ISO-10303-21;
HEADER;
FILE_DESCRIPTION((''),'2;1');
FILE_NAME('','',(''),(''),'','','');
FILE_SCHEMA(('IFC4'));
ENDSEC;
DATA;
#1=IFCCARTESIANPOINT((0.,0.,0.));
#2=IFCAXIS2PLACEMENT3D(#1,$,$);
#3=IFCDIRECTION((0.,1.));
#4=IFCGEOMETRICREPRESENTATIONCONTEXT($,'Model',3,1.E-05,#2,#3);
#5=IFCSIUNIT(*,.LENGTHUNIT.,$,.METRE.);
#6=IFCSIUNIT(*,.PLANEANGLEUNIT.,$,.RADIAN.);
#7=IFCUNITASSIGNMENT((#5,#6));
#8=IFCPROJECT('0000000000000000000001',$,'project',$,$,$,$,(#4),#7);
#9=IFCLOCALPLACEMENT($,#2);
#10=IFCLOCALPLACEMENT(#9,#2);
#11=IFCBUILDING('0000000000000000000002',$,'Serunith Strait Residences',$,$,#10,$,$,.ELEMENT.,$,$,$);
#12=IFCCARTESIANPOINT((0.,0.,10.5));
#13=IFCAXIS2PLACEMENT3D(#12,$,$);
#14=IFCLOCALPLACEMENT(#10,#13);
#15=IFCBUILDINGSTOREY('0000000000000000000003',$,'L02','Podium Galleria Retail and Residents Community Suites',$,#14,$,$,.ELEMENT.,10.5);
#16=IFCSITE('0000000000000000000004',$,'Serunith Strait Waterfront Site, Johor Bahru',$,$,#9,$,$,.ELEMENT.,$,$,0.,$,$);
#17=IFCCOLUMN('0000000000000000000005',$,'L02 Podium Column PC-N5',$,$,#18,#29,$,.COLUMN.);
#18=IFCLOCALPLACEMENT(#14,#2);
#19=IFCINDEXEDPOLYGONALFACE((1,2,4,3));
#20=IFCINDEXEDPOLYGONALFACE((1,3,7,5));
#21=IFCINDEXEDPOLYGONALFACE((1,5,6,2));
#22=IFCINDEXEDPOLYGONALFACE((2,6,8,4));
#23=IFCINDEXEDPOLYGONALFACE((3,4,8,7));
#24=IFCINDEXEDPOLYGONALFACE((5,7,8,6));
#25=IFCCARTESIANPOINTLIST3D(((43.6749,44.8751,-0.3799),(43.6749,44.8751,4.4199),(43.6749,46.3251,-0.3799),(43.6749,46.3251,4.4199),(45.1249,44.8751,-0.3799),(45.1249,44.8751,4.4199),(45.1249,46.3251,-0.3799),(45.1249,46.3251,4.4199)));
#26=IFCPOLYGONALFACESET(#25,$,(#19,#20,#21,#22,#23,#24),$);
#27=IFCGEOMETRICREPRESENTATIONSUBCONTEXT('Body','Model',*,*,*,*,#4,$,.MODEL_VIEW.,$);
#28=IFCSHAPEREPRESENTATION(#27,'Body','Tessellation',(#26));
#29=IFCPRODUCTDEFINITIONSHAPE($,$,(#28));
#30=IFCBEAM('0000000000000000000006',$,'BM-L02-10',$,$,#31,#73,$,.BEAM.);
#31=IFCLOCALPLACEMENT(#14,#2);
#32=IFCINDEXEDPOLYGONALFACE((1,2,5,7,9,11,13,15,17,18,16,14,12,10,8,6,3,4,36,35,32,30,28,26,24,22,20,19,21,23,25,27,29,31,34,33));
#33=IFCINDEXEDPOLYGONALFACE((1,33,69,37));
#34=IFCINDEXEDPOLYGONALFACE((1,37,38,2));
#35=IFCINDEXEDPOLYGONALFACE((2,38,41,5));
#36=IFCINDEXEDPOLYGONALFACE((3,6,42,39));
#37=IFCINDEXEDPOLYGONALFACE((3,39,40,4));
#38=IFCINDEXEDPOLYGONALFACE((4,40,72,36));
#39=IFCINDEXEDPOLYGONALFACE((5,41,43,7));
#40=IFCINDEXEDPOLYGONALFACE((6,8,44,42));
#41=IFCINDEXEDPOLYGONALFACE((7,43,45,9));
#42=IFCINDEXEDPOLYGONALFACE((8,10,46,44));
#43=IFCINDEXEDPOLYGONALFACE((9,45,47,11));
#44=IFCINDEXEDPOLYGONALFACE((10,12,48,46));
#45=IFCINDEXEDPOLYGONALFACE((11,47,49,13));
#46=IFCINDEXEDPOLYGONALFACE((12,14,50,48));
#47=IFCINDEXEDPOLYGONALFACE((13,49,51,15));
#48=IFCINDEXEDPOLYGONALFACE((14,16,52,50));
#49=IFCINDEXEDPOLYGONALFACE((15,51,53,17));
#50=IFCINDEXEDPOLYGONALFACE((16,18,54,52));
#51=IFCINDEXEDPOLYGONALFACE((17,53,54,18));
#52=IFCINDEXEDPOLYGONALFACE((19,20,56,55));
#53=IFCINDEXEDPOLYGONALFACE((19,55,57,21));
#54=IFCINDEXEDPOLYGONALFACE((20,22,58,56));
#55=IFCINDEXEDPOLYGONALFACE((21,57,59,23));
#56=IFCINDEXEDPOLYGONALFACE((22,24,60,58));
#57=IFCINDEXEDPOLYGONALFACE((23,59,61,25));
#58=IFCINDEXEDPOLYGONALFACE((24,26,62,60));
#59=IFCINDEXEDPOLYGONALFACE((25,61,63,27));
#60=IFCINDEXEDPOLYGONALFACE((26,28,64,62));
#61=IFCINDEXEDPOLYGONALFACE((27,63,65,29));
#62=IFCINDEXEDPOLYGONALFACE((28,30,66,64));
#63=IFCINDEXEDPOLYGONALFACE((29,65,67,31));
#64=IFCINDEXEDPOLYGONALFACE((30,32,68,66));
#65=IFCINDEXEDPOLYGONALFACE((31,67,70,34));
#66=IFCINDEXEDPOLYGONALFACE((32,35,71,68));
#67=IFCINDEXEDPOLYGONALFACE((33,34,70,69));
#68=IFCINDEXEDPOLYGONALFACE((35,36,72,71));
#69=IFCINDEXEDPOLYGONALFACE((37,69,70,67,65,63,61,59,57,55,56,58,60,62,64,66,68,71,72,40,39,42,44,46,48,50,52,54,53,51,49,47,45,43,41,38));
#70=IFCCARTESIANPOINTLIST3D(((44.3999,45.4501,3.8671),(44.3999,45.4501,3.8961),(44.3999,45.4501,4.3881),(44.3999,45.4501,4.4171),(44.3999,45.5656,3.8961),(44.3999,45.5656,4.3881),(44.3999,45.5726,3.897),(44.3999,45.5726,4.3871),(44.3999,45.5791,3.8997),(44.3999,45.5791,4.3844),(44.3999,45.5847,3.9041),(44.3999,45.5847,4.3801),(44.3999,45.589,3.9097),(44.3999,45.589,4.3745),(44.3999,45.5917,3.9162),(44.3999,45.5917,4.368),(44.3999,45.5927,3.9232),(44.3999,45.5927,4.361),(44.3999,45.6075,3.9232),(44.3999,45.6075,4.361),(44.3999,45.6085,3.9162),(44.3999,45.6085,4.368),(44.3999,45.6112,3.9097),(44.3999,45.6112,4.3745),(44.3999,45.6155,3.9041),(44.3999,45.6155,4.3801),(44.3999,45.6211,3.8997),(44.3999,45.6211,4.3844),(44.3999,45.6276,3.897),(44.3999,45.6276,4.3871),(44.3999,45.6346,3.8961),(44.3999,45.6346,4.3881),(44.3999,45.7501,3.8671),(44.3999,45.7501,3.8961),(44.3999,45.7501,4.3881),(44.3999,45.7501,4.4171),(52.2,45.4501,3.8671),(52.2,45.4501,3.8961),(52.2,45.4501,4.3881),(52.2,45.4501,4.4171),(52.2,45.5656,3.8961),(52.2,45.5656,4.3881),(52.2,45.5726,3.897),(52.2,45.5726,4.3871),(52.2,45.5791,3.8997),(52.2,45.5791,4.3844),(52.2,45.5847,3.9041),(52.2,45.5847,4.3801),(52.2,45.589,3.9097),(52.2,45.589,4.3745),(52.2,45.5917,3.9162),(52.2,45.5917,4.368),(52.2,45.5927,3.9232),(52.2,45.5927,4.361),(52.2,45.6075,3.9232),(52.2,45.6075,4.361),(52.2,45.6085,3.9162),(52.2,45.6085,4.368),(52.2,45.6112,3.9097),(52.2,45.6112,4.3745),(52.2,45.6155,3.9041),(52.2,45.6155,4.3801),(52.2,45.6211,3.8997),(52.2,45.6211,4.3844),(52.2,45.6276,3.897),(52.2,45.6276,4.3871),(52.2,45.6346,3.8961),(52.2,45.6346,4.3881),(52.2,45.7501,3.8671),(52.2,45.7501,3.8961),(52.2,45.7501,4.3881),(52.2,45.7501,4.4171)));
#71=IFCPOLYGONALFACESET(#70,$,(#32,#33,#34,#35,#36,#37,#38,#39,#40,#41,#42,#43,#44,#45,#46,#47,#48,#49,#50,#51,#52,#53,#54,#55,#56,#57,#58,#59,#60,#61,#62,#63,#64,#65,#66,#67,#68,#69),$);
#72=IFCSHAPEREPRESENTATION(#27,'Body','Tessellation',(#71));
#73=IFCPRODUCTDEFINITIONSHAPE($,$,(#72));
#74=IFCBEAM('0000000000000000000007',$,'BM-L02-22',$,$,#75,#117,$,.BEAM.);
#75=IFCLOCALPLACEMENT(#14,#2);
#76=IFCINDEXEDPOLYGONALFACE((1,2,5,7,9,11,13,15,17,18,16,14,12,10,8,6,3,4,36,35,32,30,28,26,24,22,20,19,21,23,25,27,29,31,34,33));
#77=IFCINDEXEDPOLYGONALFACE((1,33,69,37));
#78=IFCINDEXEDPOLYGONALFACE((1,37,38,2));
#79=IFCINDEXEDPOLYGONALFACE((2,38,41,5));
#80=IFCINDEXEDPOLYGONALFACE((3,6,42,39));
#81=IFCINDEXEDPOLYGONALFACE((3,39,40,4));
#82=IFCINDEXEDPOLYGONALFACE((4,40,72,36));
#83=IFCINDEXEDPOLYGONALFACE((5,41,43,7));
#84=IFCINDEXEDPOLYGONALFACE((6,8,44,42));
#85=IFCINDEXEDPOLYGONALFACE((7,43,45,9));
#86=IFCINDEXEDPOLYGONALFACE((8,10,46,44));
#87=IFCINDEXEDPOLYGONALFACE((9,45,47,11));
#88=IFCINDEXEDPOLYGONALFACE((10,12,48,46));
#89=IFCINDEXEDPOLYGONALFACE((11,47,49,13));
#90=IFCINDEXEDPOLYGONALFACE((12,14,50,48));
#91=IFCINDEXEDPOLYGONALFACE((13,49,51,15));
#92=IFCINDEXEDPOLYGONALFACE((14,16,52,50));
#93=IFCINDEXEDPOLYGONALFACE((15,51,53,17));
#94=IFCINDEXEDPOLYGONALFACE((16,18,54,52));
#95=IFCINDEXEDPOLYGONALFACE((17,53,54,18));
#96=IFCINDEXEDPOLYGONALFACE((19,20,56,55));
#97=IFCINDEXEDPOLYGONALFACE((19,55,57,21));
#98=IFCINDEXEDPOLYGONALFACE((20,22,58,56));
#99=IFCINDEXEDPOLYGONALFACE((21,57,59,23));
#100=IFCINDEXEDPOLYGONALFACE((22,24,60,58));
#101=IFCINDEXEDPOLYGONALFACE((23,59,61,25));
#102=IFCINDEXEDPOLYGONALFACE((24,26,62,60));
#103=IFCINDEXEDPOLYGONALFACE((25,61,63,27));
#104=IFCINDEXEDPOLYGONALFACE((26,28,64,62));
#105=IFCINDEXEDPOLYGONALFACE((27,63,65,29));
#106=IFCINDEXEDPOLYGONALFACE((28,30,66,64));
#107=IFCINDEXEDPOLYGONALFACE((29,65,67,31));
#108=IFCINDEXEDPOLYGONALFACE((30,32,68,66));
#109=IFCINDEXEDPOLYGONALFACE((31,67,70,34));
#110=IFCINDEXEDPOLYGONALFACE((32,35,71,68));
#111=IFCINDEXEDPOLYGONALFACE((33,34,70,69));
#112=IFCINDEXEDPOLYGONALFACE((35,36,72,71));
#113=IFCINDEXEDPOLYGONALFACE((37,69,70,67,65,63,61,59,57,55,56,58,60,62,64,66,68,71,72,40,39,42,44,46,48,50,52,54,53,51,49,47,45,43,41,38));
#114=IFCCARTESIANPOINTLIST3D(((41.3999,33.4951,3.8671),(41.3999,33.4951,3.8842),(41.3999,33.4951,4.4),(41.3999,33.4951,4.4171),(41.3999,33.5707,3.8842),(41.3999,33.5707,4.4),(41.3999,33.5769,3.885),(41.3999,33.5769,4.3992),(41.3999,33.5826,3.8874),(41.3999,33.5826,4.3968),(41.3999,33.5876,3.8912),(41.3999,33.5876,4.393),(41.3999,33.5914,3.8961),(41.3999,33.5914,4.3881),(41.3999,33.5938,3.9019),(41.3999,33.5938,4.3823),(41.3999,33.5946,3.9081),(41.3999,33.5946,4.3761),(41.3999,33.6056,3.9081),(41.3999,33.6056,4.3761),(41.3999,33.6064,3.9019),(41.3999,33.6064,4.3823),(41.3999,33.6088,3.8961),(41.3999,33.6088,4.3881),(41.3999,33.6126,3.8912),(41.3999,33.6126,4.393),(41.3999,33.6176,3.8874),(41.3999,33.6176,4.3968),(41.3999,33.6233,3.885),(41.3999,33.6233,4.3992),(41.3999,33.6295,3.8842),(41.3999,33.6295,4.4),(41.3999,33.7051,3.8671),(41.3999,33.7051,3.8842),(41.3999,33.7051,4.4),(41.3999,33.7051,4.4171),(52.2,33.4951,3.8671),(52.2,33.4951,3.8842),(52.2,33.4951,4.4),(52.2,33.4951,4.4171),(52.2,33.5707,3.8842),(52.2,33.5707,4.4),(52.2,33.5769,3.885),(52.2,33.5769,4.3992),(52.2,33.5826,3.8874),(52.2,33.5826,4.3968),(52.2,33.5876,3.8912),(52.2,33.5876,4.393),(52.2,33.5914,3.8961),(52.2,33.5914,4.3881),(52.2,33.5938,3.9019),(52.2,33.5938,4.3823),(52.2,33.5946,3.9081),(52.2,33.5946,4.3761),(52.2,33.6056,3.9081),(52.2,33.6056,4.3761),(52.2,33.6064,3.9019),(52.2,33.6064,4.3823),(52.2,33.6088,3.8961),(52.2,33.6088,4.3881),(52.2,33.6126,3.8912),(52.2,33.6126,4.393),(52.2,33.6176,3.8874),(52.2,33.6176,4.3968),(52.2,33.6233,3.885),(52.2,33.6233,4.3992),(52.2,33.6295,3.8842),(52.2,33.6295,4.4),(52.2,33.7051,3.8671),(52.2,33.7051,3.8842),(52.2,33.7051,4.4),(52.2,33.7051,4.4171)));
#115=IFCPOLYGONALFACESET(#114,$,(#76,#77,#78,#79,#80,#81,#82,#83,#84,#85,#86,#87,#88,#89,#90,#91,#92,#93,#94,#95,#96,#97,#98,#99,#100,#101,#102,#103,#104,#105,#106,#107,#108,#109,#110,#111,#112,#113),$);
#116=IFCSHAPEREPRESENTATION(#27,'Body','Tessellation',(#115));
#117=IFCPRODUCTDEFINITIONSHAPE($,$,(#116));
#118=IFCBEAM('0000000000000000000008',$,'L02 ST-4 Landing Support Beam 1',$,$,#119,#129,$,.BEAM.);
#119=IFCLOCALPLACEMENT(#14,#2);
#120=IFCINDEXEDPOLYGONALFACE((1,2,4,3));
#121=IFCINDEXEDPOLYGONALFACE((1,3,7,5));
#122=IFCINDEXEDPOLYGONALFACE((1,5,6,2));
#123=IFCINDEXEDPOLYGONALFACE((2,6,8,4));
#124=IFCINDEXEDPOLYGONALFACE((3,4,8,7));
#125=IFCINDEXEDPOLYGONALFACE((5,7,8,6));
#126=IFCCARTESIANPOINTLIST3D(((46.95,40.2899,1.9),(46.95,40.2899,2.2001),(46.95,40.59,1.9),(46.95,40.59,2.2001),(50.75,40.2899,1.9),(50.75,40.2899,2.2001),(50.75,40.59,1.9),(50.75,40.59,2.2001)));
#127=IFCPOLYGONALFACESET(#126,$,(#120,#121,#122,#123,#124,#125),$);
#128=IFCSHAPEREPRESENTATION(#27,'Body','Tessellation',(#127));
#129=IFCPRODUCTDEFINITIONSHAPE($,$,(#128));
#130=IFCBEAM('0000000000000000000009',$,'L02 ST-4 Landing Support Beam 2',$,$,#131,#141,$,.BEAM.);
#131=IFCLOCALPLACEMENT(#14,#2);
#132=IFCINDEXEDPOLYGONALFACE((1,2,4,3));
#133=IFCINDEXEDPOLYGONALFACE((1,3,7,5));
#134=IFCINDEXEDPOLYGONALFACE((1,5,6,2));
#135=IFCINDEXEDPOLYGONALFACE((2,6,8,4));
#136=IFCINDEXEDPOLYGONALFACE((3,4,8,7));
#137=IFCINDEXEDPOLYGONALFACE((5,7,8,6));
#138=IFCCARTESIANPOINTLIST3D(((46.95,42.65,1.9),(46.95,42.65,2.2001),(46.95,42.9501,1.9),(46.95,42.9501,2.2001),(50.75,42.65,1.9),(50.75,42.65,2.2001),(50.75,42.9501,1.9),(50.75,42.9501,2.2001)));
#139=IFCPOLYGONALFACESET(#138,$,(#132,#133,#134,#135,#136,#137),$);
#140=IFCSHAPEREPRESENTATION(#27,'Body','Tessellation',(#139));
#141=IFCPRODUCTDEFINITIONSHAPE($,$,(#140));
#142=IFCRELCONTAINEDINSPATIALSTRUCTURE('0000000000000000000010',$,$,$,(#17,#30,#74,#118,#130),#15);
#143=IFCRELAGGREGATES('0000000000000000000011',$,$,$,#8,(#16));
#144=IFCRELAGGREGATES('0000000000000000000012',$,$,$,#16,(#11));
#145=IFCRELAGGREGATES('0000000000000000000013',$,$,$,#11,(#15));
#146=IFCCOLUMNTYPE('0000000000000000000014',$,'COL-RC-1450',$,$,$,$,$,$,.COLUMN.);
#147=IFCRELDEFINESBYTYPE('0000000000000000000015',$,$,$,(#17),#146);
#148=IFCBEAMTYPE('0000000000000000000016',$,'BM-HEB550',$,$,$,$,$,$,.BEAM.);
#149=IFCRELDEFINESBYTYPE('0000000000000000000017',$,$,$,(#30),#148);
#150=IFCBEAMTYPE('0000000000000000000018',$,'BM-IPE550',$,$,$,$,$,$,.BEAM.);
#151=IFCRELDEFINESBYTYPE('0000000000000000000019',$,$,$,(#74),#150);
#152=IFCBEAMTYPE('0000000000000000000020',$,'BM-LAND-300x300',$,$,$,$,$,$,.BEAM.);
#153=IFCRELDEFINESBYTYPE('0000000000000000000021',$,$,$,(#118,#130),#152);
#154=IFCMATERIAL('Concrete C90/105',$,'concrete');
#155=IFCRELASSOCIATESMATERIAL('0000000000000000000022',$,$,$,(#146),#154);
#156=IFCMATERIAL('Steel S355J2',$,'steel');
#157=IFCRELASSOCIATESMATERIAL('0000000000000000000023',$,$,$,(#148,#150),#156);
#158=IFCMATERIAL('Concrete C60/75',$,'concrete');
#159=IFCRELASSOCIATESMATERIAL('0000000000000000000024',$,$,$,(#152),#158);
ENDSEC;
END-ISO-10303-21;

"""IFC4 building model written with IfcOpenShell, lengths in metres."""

from ifc_helpers import new_model, si_unit, direction, frame, origin, origin_2d, place, context, subcontext, project, spatial, rectangle, i_section, extrude, source, transform, mapped, material, material_profile, profile_set, type_object, element, save


model = new_model("IFC4")

# Units and contexts
model_context = context("Model", 3, precision=1e-05, world=origin(), true_north=direction((0.0, 1.0)))
body_context = subcontext(model_context, "Body", "Model", "MODEL_VIEW")
ifc_project = project(units=[si_unit("LENGTHUNIT", "METRE"), si_unit("PLANEANGLEUNIT", "RADIAN")], contexts=[model_context])

# Site, building, storey
site_placement = place(None, origin())
site = spatial("IfcSite", under=ifc_project, at=site_placement, Name="Serunith Strait Waterfront Site, Johor Bahru", CompositionType="ELEMENT", RefElevation=0.0)
building_placement = place(site_placement, origin())
building = spatial("IfcBuilding", under=site, at=building_placement, Name="Serunith Strait Residences", CompositionType="ELEMENT")
storey_placement = place(building_placement, frame((0.0, 0.0, 10.5)))
storey = spatial("IfcBuildingStorey", under=building, at=storey_placement, Name="L02", Description="Podium Galleria Retail and Residents Community Suites", CompositionType="ELEMENT", Elevation=10.5)

# Column
ifc_material_1 = material(Name="Concrete C90/105", Category="concrete")
ifc_material_profile_1 = material_profile(ifc_material_1, rectangle(XDim=1.45, YDim=1.45, at=origin_2d()), Name="RC 1450x1450")
ifc_profile_set_1 = profile_set([ifc_material_profile_1], Name="Concrete C90/105")
column_type = type_object("IfcColumnType", Name="COL-RC-1450", PredefinedType="COLUMN", material=ifc_profile_set_1)
shared_shape_1 = source(origin(), body_context, "Body", "SweptSolid", [
    extrude(rectangle(XDim=1.45, YDim=1.45, at=origin_2d()), origin(), (0.0, 0.0, 1.0), 4.7998),
])
column_placement = place(storey_placement, frame((44.3999, 45.6001, -0.3799), z_axis=(0.0, 0.0, 1.0), x_axis=(1.0, 0.0, 0.0)))
element("IfcColumn", 1, at=column_placement, inside=storey, type_object=column_type, Name="L02 Podium Column PC-N5", PredefinedType="COLUMN", context=body_context, shape_type="MappedRepresentation", body=[
    mapped(shared_shape_1, transform((0.0, 0.0, 0.0), scale=1.0)),
])

# Beams
ifc_material_2 = material(Name="Steel S355J2", Category="steel")
ifc_material_profile_2 = material_profile(ifc_material_2, i_section(OverallWidth=0.3, OverallDepth=0.55, WebThickness=0.0149, FlangeThickness=0.0291, FilletRadius=0.0271, at=origin_2d()), Name="HEB 550")
ifc_profile_set_2 = profile_set([ifc_material_profile_2], Name="Steel S355J2")
beam_type_1 = type_object("IfcBeamType", Name="BM-HEB550", PredefinedType="BEAM", material=ifc_profile_set_2)
shared_shape_2 = source(origin(), body_context, "Body", "SweptSolid", [
    extrude(i_section(OverallWidth=0.3, OverallDepth=0.55, WebThickness=0.0149, FlangeThickness=0.0291, FilletRadius=0.0271, at=origin_2d()), origin(), (0.0, 0.0, 1.0), 7.8),
])
beam_1_placement = place(storey_placement, frame((44.3999, 45.6001, 4.1421), z_axis=(1.0, 0.0, 0.0), x_axis=(0.0, 1.0, 0.0)))
element("IfcBeam", 2, at=beam_1_placement, inside=storey, type_object=beam_type_1, Name="BM-L02-10", PredefinedType="BEAM", context=body_context, shape_type="MappedRepresentation", body=[
    mapped(shared_shape_2, transform((0.0, 0.0, 0.0), scale=1.0)),
])
ifc_material_profile_3 = material_profile(ifc_material_2, i_section(OverallWidth=0.21, OverallDepth=0.55, WebThickness=0.011, FlangeThickness=0.0171, FilletRadius=0.0239, at=origin_2d()), Name="IPE 550")
ifc_profile_set_3 = profile_set([ifc_material_profile_3], Name="Steel S355J2")
beam_type_2 = type_object("IfcBeamType", Name="BM-IPE550", PredefinedType="BEAM", material=ifc_profile_set_3)
shared_shape_3 = source(origin(), body_context, "Body", "SweptSolid", [
    extrude(i_section(OverallWidth=0.21, OverallDepth=0.55, WebThickness=0.011, FlangeThickness=0.0171, FilletRadius=0.0239, at=origin_2d()), origin(), (0.0, 0.0, 1.0), 10.8),
])
beam_2_placement = place(storey_placement, frame((41.3999, 33.6001, 4.1421), z_axis=(1.0, 0.0, 0.0), x_axis=(0.0, 1.0, 0.0)))
element("IfcBeam", 3, at=beam_2_placement, inside=storey, type_object=beam_type_2, Name="BM-L02-22", PredefinedType="BEAM", context=body_context, shape_type="MappedRepresentation", body=[
    mapped(shared_shape_3, transform((0.0, 0.0, 0.0), scale=1.0)),
])
ifc_material_3 = material(Name="Concrete C60/75", Category="concrete")
ifc_material_profile_4 = material_profile(ifc_material_3, rectangle(XDim=0.3, YDim=0.3, at=origin_2d()), Name="RC 300x300")
ifc_profile_set_4 = profile_set([ifc_material_profile_4], Name="Concrete C60/75")
beam_type_3 = type_object("IfcBeamType", Name="BM-LAND-300x300", PredefinedType="BEAM", material=ifc_profile_set_4)
shared_shape_4 = source(origin(), body_context, "Body", "SweptSolid", [
    extrude(rectangle(XDim=0.3, YDim=0.3, at=origin_2d()), origin(), (0.0, 0.0, 1.0), 3.8),
])
for number, where, z_axis, x_axis, name in (
    (4, (46.95, 40.4399, 2.05), (1.0, 0.0, 0.0), (0.0, 1.0, 0.0), "L02 ST-4 Landing Support Beam 1"),
    (5, (46.95, 42.8, 2.05), (1.0, 0.0, 0.0), (0.0, 1.0, 0.0), "L02 ST-4 Landing Support Beam 2"),
):
    element("IfcBeam", number, at=place(storey_placement, frame(where, z_axis=z_axis, x_axis=x_axis)), inside=storey, type_object=beam_type_3, Name=name, PredefinedType="BEAM", context=body_context, shape_type="MappedRepresentation", body=[
        mapped(shared_shape_4, transform((0.0, 0.0, 0.0), scale=1.0)),
    ])

save(model, "model.ifc")
